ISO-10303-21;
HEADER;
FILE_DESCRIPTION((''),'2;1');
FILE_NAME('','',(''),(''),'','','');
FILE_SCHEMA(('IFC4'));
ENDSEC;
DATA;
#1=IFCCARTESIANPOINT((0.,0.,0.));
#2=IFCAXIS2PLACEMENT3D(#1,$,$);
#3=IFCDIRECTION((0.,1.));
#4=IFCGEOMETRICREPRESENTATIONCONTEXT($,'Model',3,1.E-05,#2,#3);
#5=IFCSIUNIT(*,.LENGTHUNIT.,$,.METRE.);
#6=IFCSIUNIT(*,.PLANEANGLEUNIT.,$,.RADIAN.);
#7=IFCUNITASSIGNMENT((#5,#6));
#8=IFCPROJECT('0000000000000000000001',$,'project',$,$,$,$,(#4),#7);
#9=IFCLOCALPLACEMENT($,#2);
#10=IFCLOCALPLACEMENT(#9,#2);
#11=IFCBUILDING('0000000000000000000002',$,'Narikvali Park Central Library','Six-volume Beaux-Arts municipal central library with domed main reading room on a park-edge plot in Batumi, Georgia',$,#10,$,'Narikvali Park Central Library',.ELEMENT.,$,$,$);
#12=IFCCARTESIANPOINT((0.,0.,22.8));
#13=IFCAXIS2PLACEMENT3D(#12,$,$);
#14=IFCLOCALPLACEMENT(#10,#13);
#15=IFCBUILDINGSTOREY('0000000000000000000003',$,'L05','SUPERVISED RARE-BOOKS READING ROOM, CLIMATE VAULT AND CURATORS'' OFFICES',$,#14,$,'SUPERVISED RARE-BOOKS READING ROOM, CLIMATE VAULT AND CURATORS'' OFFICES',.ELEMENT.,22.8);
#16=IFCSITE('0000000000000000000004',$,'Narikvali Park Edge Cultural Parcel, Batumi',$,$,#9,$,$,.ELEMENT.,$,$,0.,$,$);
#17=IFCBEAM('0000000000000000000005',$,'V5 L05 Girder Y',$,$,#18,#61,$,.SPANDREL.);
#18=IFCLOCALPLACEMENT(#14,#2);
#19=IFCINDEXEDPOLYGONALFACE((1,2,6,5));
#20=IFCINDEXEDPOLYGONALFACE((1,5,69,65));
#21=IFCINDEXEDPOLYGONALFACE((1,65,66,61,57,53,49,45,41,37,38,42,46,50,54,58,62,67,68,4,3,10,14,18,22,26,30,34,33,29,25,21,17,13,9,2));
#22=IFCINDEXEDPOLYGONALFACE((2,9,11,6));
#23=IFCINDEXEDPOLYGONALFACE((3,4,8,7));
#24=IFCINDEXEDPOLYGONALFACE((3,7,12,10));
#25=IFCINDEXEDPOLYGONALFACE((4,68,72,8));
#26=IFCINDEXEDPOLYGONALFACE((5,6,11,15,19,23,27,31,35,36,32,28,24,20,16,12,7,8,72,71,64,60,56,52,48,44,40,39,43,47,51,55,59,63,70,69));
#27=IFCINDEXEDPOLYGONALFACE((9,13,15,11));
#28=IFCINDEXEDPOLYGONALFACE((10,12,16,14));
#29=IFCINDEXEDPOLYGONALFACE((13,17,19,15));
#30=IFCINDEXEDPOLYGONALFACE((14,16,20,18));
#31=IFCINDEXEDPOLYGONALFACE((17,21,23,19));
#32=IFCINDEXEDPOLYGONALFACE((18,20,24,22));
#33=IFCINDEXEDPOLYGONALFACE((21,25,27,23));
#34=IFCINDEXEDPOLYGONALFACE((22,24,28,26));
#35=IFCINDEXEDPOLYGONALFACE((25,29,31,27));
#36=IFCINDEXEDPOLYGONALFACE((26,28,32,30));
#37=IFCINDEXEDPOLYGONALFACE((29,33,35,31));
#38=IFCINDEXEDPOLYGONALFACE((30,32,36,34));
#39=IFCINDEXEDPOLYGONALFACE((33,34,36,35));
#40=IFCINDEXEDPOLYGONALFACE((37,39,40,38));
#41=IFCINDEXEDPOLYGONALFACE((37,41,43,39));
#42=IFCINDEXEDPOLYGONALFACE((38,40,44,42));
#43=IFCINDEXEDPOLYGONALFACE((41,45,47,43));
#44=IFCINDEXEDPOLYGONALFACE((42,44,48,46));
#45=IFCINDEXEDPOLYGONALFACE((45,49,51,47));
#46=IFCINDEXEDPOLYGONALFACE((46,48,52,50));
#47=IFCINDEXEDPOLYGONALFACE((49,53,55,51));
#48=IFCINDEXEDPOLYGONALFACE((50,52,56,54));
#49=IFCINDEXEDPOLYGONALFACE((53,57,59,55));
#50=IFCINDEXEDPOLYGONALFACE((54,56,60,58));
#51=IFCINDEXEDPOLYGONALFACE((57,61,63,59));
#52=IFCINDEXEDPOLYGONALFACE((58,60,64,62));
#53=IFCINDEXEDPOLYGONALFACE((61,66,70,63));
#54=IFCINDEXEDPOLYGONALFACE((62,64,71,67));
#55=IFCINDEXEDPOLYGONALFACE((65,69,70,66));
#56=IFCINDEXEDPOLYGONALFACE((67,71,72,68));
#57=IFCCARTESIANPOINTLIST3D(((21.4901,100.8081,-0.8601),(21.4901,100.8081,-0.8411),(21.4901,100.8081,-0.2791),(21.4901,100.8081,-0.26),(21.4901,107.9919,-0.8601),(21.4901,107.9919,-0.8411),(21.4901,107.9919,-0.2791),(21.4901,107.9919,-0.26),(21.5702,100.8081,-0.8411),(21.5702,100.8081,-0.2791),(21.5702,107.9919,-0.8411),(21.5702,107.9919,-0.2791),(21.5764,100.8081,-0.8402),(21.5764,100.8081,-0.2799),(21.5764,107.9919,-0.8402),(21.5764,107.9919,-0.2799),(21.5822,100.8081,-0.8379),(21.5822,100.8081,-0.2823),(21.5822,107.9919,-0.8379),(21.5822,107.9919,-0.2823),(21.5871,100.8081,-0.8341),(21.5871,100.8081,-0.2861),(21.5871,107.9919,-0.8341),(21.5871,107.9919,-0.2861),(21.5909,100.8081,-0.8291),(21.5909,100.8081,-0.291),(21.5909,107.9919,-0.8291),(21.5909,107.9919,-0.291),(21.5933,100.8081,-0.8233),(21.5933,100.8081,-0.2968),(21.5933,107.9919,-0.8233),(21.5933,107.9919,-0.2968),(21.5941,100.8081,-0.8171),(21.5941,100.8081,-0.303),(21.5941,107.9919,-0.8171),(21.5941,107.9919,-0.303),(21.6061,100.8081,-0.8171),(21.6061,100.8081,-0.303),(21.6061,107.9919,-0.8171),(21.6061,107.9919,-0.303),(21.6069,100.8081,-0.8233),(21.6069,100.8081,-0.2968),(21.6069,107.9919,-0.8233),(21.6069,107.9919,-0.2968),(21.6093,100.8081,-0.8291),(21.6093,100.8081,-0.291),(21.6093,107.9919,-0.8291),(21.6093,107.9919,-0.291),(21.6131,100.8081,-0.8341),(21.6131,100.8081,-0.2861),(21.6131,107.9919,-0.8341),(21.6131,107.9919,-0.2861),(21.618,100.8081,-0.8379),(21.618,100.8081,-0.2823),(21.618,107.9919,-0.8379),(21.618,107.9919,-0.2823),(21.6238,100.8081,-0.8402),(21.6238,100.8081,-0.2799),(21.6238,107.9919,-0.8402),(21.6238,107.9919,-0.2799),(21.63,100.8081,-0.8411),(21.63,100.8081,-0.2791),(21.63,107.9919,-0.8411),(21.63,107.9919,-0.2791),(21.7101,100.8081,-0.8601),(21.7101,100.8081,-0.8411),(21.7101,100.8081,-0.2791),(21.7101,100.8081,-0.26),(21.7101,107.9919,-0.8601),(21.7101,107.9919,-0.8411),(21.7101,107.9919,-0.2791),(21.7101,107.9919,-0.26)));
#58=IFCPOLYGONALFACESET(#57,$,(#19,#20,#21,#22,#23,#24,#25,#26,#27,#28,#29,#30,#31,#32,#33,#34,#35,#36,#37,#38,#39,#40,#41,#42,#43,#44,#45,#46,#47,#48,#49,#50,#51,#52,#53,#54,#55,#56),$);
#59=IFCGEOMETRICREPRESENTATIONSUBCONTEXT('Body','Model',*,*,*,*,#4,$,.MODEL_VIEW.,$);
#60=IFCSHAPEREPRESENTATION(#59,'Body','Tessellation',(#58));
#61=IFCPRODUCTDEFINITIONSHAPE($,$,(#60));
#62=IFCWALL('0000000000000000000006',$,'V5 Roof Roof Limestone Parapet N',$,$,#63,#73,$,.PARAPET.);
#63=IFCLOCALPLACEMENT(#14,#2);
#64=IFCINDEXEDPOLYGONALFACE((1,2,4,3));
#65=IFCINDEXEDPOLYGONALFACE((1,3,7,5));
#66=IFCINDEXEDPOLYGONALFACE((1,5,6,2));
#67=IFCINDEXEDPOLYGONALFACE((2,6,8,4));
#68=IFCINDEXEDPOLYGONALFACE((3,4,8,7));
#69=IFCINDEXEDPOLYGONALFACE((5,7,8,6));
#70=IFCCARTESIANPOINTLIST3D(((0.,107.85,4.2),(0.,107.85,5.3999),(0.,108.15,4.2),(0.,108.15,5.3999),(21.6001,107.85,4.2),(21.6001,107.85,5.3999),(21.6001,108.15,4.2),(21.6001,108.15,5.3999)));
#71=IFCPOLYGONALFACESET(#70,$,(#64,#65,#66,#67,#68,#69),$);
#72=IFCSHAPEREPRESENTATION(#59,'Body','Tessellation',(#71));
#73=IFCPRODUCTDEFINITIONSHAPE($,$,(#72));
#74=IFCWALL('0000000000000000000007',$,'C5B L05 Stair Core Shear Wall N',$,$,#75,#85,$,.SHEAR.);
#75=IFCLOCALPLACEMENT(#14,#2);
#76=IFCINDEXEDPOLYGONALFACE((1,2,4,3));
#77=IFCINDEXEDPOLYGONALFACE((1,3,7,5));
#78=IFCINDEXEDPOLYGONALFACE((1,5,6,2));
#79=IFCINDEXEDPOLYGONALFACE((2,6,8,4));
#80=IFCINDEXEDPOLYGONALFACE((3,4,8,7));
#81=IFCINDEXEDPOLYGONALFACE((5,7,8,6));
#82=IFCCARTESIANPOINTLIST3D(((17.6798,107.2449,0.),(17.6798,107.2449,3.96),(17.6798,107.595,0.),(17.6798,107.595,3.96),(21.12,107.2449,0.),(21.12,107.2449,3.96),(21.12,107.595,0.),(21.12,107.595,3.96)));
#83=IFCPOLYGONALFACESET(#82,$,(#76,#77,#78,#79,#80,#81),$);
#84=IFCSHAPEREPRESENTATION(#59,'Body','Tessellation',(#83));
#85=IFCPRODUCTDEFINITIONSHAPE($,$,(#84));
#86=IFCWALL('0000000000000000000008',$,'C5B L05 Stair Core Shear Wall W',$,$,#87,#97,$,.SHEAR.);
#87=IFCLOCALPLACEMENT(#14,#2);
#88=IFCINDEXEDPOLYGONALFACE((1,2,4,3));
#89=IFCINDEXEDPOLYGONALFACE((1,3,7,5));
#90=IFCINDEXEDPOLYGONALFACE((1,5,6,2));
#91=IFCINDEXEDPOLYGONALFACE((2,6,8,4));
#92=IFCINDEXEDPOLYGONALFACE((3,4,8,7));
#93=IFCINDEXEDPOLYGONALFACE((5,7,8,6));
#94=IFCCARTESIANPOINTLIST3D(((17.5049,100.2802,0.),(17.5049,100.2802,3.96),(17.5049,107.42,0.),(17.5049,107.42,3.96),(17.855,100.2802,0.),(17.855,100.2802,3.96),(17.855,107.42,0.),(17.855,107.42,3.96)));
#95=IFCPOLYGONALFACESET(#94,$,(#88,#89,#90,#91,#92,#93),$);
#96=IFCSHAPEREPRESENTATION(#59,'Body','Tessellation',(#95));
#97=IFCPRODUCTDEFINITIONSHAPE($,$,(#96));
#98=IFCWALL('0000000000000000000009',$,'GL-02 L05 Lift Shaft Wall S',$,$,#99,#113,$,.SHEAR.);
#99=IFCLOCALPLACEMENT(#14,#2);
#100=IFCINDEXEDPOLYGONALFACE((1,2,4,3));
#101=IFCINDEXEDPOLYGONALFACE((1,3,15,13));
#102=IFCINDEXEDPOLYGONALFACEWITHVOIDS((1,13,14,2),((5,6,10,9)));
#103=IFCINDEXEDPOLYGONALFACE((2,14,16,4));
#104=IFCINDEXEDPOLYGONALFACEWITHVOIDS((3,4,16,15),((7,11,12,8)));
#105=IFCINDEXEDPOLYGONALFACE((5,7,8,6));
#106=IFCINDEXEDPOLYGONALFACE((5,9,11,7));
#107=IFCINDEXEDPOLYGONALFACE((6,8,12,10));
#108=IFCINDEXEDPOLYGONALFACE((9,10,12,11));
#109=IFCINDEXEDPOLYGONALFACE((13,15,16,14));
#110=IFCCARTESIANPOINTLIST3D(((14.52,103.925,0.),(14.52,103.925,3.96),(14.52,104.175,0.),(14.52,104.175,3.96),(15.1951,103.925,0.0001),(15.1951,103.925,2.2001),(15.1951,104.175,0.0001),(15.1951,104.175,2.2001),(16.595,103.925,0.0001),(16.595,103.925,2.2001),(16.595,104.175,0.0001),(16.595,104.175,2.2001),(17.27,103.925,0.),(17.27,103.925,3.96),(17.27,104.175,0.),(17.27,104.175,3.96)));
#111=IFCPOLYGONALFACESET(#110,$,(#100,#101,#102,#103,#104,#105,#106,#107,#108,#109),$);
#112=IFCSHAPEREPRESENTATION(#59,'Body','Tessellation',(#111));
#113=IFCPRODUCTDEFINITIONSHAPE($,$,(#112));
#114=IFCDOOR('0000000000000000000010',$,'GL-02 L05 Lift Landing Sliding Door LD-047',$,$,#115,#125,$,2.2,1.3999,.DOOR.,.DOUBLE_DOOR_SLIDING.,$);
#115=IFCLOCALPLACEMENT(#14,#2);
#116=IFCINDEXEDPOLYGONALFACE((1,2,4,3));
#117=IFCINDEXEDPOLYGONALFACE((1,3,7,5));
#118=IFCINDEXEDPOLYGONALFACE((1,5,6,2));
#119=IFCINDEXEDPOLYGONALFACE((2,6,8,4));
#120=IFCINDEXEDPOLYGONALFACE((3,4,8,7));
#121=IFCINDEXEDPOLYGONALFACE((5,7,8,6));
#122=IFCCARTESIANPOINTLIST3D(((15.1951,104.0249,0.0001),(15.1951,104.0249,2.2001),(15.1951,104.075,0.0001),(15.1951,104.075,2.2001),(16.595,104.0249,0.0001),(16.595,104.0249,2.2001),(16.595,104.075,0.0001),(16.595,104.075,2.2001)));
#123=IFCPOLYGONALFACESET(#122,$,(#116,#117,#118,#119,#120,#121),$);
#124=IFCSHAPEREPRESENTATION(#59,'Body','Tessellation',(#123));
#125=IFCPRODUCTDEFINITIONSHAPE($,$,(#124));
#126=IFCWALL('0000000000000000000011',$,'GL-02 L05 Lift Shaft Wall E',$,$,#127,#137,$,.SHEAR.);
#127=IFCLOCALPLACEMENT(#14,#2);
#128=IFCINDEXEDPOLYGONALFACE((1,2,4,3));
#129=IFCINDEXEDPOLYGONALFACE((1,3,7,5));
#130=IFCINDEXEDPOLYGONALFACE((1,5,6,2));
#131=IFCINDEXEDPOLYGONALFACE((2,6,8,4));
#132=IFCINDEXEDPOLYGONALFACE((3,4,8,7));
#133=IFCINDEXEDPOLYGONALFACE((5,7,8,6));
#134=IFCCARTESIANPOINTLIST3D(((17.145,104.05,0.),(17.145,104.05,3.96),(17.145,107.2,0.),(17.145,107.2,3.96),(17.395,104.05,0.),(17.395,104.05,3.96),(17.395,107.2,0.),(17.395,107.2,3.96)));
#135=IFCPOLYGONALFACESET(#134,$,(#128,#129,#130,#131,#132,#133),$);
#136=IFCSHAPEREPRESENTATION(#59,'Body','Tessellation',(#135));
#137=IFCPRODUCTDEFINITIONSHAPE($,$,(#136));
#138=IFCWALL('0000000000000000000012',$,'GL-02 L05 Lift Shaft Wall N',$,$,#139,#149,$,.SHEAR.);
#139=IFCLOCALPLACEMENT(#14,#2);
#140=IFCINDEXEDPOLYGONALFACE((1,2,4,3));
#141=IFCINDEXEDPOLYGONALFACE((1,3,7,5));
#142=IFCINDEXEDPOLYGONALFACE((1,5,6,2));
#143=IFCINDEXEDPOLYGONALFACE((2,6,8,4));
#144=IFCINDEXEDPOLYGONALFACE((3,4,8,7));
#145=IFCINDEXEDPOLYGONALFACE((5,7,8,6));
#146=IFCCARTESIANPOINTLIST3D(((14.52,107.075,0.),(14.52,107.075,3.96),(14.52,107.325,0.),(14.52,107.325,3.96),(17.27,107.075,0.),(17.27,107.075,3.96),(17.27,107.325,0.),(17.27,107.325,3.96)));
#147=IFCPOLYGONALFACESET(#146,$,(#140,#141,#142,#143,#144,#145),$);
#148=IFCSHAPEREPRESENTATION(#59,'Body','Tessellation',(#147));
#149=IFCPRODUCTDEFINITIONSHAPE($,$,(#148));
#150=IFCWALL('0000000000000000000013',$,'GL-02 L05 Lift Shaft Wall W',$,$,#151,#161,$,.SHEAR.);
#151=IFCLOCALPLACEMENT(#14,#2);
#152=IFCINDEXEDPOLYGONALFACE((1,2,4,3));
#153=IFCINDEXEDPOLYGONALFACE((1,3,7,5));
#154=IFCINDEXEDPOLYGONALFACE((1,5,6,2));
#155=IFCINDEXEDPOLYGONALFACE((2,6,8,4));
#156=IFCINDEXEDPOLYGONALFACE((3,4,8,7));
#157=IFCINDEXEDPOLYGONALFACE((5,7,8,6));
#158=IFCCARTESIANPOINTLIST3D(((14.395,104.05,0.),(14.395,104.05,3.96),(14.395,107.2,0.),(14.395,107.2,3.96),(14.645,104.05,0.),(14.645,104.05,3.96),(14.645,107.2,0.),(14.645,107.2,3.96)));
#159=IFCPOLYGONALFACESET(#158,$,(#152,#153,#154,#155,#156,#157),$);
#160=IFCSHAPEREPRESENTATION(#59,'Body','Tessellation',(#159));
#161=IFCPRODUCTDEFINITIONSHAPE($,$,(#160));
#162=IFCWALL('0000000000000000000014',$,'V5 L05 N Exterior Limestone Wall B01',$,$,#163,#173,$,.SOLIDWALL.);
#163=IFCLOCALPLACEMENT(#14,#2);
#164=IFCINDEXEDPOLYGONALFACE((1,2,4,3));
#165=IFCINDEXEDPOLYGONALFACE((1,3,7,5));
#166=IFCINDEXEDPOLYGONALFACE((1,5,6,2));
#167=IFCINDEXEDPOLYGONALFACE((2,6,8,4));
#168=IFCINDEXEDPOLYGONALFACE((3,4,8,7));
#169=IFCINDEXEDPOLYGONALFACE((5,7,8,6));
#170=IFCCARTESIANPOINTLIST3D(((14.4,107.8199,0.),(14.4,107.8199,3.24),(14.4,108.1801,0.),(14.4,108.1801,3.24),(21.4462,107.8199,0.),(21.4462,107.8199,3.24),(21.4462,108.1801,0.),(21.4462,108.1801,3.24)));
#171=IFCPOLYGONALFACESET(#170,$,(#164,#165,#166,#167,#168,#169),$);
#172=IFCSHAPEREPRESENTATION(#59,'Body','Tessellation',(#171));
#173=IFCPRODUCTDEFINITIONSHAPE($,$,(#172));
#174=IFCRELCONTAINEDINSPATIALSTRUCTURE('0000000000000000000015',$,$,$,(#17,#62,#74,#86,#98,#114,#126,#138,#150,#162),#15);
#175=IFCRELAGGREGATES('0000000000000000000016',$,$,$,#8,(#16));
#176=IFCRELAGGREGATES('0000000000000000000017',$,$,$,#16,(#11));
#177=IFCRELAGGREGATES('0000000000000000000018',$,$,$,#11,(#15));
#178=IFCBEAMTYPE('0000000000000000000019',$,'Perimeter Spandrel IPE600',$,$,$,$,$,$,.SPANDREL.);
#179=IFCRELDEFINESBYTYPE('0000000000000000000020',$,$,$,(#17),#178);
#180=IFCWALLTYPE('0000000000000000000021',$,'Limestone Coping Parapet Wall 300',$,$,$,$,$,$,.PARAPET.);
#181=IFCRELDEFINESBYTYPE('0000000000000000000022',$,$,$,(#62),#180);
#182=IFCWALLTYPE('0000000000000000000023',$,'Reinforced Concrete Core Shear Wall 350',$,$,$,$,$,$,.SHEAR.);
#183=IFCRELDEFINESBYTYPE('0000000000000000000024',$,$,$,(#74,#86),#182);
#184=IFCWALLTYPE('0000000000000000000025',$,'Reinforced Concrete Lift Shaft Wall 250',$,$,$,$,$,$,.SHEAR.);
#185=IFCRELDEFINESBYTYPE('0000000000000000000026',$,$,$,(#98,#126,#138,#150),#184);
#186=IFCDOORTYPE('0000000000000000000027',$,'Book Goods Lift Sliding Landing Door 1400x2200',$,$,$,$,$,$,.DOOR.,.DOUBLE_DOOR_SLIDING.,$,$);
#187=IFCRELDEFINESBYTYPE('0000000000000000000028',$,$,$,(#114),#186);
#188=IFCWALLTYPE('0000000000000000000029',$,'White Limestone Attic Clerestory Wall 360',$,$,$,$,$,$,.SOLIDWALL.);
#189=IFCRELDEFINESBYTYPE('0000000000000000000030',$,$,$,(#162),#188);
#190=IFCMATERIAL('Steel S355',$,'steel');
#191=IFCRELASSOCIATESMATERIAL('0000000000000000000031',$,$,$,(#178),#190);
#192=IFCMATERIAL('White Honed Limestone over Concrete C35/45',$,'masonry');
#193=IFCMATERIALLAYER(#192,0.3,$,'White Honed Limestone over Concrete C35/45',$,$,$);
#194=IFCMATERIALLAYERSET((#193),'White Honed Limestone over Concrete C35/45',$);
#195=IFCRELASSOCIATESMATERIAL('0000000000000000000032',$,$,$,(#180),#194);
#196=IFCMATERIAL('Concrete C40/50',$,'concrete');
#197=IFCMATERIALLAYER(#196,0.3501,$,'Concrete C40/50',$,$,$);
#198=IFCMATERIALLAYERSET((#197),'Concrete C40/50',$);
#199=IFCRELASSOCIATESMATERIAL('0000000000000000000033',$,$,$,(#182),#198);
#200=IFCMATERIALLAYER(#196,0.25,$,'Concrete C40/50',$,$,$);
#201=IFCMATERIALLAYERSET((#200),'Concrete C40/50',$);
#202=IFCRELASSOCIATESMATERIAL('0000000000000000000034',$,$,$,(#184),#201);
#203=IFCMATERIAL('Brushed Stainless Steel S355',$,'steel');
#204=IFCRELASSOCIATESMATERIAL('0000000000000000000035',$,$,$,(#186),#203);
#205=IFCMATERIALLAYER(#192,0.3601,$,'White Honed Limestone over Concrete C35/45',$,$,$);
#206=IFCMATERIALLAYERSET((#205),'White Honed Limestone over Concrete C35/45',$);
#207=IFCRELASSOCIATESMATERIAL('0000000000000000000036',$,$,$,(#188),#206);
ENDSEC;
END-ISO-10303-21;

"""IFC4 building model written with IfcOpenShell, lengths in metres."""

from ifc_helpers import new_model, si_unit, direction, frame, frame_2d, origin, origin_2d, place, context, subcontext, project, spatial, rectangle, i_section, extrude, material, layer, layer_set, material_profile, profile_set, type_object, element, fill, save


model = new_model("IFC4")

# Units and contexts
model_context = context("Model", 3, precision=1e-05, world=origin(), true_north=direction((0.0, 1.0)))
body_context = subcontext(model_context, "Body", "Model", "MODEL_VIEW")
ifc_project = project(units=[si_unit("LENGTHUNIT", "METRE"), si_unit("PLANEANGLEUNIT", "RADIAN")], contexts=[model_context])

# Site, building, storey
site_placement = place(None, origin())
site = spatial("IfcSite", under=ifc_project, at=site_placement, Name="Narikvali Park Edge Cultural Parcel, Batumi", CompositionType="ELEMENT", RefElevation=0.0)
building_placement = place(site_placement, origin())
building = spatial("IfcBuilding", under=site, at=building_placement, Name="Narikvali Park Central Library", Description="Six-volume Beaux-Arts municipal central library with domed main reading room on a park-edge plot in Batumi, Georgia", LongName="Narikvali Park Central Library", CompositionType="ELEMENT")
storey_placement = place(building_placement, frame((0.0, 0.0, 22.8)))
storey = spatial("IfcBuildingStorey", under=building, at=storey_placement, Name="L05", Description="SUPERVISED RARE-BOOKS READING ROOM, CLIMATE VAULT AND CURATORS' OFFICES", LongName="SUPERVISED RARE-BOOKS READING ROOM, CLIMATE VAULT AND CURATORS' OFFICES", CompositionType="ELEMENT", Elevation=22.8)

# Shared definitions
ifc_material_1 = material(Name="Steel S355", Category="steel")

# Beam
ifc_material_profile_1 = material_profile(ifc_material_1, i_section(OverallWidth=0.22, OverallDepth=0.6001, WebThickness=0.012, FlangeThickness=0.019, FilletRadius=0.0239, at=origin_2d()), Name="IPE 600")
ifc_profile_set_1 = profile_set([ifc_material_profile_1], Name="Steel S355")
beam_type_1 = type_object("IfcBeamType", Name="Perimeter Spandrel IPE600", PredefinedType="SPANDREL", material=ifc_profile_set_1)
beam_1_placement = place(storey_placement, frame((21.6001, 100.8081, -0.5601), z_axis=(0.0, 1.0, 0.0), x_axis=(-1.0, 0.0, 0.0)))
element("IfcBeam", 1, at=beam_1_placement, inside=storey, type_object=beam_type_1, Name="V5 L05 Girder Y", PredefinedType="SPANDREL", context=body_context, shape_type="SweptSolid", body=[
    extrude(i_section(OverallWidth=0.22, OverallDepth=0.6001, WebThickness=0.012, FlangeThickness=0.019, FilletRadius=0.0239, at=origin_2d()), origin(), (0.0, 0.0, 1.0), 7.1838),
])

# Walls
ifc_material_2 = material(Name="White Honed Limestone over Concrete C35/45", Category="masonry")
ifc_layer_1 = layer(ifc_material_2, 0.3, Name="White Honed Limestone over Concrete C35/45")
ifc_layer_set_1 = layer_set([ifc_layer_1], Name="White Honed Limestone over Concrete C35/45")
wall_type_1 = type_object("IfcWallType", Name="Limestone Coping Parapet Wall 300", PredefinedType="PARAPET", material=ifc_layer_set_1)
wall_1_placement = place(storey_placement, frame((21.6001, 108.0, 4.2), z_axis=(0.0, 0.0, 1.0), x_axis=(-1.0, 0.0, 0.0)))
element("IfcWall", 2, at=wall_1_placement, inside=storey, type_object=wall_type_1, Name="V5 Roof Roof Limestone Parapet N", PredefinedType="PARAPET", context=body_context, shape_type="SweptSolid", body=[
    extrude(rectangle(XDim=21.6001, YDim=0.3, at=frame_2d((10.8, 0.0))), origin(), (0.0, 0.0, 1.0), 1.2),
])
ifc_material_3 = material(Name="Concrete C40/50", Category="concrete")
ifc_layer_2 = layer(ifc_material_3, 0.3501, Name="Concrete C40/50")
ifc_layer_set_2 = layer_set([ifc_layer_2], Name="Concrete C40/50")
wall_type_2 = type_object("IfcWallType", Name="Reinforced Concrete Core Shear Wall 350", PredefinedType="SHEAR", material=ifc_layer_set_2)
wall_2_placement = place(storey_placement, frame((21.1201, 107.4199, 0.0), z_axis=(0.0, 0.0, 1.0), x_axis=(-1.0, 0.0, 0.0)))
element("IfcWall", 3, at=wall_2_placement, inside=storey, type_object=wall_type_2, Name="C5B L05 Stair Core Shear Wall N", PredefinedType="SHEAR", context=body_context, shape_type="SweptSolid", body=[
    extrude(rectangle(XDim=3.4402, YDim=0.3501, at=frame_2d((1.7202, 0.0))), origin(), (0.0, 0.0, 1.0), 3.96),
])
wall_3_placement = place(storey_placement, frame((17.6799, 107.4199, 0.0), z_axis=(0.0, 0.0, 1.0), x_axis=(0.0, -1.0, 0.0)))
element("IfcWall", 4, at=wall_3_placement, inside=storey, type_object=wall_type_2, Name="C5B L05 Stair Core Shear Wall W", PredefinedType="SHEAR", context=body_context, shape_type="SweptSolid", body=[
    extrude(rectangle(XDim=7.1399, YDim=0.3501, at=frame_2d((3.5698, 0.0))), origin(), (0.0, 0.0, 1.0), 3.96),
])

# Wall, opening, door
ifc_layer_3 = layer(ifc_material_3, 0.25, Name="Concrete C40/50")
ifc_layer_set_3 = layer_set([ifc_layer_3], Name="Concrete C40/50")
wall_type_3 = type_object("IfcWallType", Name="Reinforced Concrete Lift Shaft Wall 250", PredefinedType="SHEAR", material=ifc_layer_set_3)
wall_4_placement = place(storey_placement, frame((14.52, 104.05, 0.0), z_axis=(0.0, 0.0, 1.0), x_axis=(1.0, 0.0, 0.0)))
wall_4 = element("IfcWall", 5, at=wall_4_placement, inside=storey, type_object=wall_type_3, Name="GL-02 L05 Lift Shaft Wall S", PredefinedType="SHEAR", context=body_context, shape_type="SweptSolid", body=[
    extrude(rectangle(XDim=2.75, YDim=0.25, at=frame_2d((1.375, 0.0))), origin(), (0.0, 0.0, 1.0), 3.96),
])
opening_1_placement = place(wall_4_placement, frame((0.675, 0.0, 0.0)))
opening_1 = element("IfcOpeningElement", 6, at=opening_1_placement, cuts=wall_4, PredefinedType="OPENING", context=body_context, shape_type="SweptSolid", body=[
    extrude(rectangle(XDim=1.3999, YDim=2.2, at=frame_2d((0.7, 1.1001))), frame((0.0, 0.137, 0.0), z_axis=(0.0, -1.0, 0.0), x_axis=(1.0, 0.0, 0.0)), (0.0, 0.0, 1.0), 0.2739),
])
ifc_material_4 = material(Name="Brushed Stainless Steel S355", Category="steel")
door_type = type_object("IfcDoorType", Name="Book Goods Lift Sliding Landing Door 1400x2200", OperationType="DOUBLE_DOOR_SLIDING", PredefinedType="DOOR", material=ifc_material_4)
door_placement = place(opening_1_placement, origin())
door = element("IfcDoor", 7, at=door_placement, inside=storey, type_object=door_type, Name="GL-02 L05 Lift Landing Sliding Door LD-047", OperationType="DOUBLE_DOOR_SLIDING", OverallHeight=2.2, OverallWidth=1.3999, PredefinedType="DOOR", context=body_context, shape_type="SweptSolid", body=[
    extrude(rectangle(XDim=1.3999, YDim=2.2, at=frame_2d((0.7, 1.1001))), frame((0.0, 0.0249, 0.0), z_axis=(0.0, -1.0, 0.0), x_axis=(1.0, 0.0, 0.0)), (0.0, 0.0, 1.0), 0.05),
])
fill(opening_1, door)

# Walls
wall_5_placement = place(storey_placement, frame((17.27, 104.05, 0.0), z_axis=(0.0, 0.0, 1.0), x_axis=(0.0, 1.0, 0.0)))
element("IfcWall", 8, at=wall_5_placement, inside=storey, type_object=wall_type_3, Name="GL-02 L05 Lift Shaft Wall E", PredefinedType="SHEAR", context=body_context, shape_type="SweptSolid", body=[
    extrude(rectangle(XDim=3.1499, YDim=0.25, at=frame_2d((1.575, 0.0))), origin(), (0.0, 0.0, 1.0), 3.96),
])
wall_6_placement = place(storey_placement, frame((17.27, 107.2, 0.0), z_axis=(0.0, 0.0, 1.0), x_axis=(-1.0, 0.0, 0.0)))
element("IfcWall", 9, at=wall_6_placement, inside=storey, type_object=wall_type_3, Name="GL-02 L05 Lift Shaft Wall N", PredefinedType="SHEAR", context=body_context, shape_type="SweptSolid", body=[
    extrude(rectangle(XDim=2.75, YDim=0.25, at=frame_2d((1.375, 0.0))), origin(), (0.0, 0.0, 1.0), 3.96),
])
wall_7_placement = place(storey_placement, frame((14.52, 107.2, 0.0), z_axis=(0.0, 0.0, 1.0), x_axis=(0.0, -1.0, 0.0)))
element("IfcWall", 10, at=wall_7_placement, inside=storey, type_object=wall_type_3, Name="GL-02 L05 Lift Shaft Wall W", PredefinedType="SHEAR", context=body_context, shape_type="SweptSolid", body=[
    extrude(rectangle(XDim=3.1499, YDim=0.25, at=frame_2d((1.575, 0.0))), origin(), (0.0, 0.0, 1.0), 3.96),
])
ifc_layer_4 = layer(ifc_material_2, 0.3601, Name="White Honed Limestone over Concrete C35/45")
ifc_layer_set_4 = layer_set([ifc_layer_4], Name="White Honed Limestone over Concrete C35/45")
wall_type_4 = type_object("IfcWallType", Name="White Limestone Attic Clerestory Wall 360", PredefinedType="SOLIDWALL", material=ifc_layer_set_4)
wall_8_placement = place(storey_placement, frame((21.446, 108.0, 0.0), z_axis=(0.0, 0.0, 1.0), x_axis=(-1.0, 0.0, 0.0)))
element("IfcWall", 11, at=wall_8_placement, inside=storey, type_object=wall_type_4, Name="V5 L05 N Exterior Limestone Wall B01", PredefinedType="SOLIDWALL", context=body_context, shape_type="SweptSolid", body=[
    extrude(rectangle(XDim=7.0461, YDim=0.3601, at=frame_2d((3.5229, 0.0))), origin(), (0.0, 0.0, 1.0), 3.24),
])

save(model, "model.ifc")
